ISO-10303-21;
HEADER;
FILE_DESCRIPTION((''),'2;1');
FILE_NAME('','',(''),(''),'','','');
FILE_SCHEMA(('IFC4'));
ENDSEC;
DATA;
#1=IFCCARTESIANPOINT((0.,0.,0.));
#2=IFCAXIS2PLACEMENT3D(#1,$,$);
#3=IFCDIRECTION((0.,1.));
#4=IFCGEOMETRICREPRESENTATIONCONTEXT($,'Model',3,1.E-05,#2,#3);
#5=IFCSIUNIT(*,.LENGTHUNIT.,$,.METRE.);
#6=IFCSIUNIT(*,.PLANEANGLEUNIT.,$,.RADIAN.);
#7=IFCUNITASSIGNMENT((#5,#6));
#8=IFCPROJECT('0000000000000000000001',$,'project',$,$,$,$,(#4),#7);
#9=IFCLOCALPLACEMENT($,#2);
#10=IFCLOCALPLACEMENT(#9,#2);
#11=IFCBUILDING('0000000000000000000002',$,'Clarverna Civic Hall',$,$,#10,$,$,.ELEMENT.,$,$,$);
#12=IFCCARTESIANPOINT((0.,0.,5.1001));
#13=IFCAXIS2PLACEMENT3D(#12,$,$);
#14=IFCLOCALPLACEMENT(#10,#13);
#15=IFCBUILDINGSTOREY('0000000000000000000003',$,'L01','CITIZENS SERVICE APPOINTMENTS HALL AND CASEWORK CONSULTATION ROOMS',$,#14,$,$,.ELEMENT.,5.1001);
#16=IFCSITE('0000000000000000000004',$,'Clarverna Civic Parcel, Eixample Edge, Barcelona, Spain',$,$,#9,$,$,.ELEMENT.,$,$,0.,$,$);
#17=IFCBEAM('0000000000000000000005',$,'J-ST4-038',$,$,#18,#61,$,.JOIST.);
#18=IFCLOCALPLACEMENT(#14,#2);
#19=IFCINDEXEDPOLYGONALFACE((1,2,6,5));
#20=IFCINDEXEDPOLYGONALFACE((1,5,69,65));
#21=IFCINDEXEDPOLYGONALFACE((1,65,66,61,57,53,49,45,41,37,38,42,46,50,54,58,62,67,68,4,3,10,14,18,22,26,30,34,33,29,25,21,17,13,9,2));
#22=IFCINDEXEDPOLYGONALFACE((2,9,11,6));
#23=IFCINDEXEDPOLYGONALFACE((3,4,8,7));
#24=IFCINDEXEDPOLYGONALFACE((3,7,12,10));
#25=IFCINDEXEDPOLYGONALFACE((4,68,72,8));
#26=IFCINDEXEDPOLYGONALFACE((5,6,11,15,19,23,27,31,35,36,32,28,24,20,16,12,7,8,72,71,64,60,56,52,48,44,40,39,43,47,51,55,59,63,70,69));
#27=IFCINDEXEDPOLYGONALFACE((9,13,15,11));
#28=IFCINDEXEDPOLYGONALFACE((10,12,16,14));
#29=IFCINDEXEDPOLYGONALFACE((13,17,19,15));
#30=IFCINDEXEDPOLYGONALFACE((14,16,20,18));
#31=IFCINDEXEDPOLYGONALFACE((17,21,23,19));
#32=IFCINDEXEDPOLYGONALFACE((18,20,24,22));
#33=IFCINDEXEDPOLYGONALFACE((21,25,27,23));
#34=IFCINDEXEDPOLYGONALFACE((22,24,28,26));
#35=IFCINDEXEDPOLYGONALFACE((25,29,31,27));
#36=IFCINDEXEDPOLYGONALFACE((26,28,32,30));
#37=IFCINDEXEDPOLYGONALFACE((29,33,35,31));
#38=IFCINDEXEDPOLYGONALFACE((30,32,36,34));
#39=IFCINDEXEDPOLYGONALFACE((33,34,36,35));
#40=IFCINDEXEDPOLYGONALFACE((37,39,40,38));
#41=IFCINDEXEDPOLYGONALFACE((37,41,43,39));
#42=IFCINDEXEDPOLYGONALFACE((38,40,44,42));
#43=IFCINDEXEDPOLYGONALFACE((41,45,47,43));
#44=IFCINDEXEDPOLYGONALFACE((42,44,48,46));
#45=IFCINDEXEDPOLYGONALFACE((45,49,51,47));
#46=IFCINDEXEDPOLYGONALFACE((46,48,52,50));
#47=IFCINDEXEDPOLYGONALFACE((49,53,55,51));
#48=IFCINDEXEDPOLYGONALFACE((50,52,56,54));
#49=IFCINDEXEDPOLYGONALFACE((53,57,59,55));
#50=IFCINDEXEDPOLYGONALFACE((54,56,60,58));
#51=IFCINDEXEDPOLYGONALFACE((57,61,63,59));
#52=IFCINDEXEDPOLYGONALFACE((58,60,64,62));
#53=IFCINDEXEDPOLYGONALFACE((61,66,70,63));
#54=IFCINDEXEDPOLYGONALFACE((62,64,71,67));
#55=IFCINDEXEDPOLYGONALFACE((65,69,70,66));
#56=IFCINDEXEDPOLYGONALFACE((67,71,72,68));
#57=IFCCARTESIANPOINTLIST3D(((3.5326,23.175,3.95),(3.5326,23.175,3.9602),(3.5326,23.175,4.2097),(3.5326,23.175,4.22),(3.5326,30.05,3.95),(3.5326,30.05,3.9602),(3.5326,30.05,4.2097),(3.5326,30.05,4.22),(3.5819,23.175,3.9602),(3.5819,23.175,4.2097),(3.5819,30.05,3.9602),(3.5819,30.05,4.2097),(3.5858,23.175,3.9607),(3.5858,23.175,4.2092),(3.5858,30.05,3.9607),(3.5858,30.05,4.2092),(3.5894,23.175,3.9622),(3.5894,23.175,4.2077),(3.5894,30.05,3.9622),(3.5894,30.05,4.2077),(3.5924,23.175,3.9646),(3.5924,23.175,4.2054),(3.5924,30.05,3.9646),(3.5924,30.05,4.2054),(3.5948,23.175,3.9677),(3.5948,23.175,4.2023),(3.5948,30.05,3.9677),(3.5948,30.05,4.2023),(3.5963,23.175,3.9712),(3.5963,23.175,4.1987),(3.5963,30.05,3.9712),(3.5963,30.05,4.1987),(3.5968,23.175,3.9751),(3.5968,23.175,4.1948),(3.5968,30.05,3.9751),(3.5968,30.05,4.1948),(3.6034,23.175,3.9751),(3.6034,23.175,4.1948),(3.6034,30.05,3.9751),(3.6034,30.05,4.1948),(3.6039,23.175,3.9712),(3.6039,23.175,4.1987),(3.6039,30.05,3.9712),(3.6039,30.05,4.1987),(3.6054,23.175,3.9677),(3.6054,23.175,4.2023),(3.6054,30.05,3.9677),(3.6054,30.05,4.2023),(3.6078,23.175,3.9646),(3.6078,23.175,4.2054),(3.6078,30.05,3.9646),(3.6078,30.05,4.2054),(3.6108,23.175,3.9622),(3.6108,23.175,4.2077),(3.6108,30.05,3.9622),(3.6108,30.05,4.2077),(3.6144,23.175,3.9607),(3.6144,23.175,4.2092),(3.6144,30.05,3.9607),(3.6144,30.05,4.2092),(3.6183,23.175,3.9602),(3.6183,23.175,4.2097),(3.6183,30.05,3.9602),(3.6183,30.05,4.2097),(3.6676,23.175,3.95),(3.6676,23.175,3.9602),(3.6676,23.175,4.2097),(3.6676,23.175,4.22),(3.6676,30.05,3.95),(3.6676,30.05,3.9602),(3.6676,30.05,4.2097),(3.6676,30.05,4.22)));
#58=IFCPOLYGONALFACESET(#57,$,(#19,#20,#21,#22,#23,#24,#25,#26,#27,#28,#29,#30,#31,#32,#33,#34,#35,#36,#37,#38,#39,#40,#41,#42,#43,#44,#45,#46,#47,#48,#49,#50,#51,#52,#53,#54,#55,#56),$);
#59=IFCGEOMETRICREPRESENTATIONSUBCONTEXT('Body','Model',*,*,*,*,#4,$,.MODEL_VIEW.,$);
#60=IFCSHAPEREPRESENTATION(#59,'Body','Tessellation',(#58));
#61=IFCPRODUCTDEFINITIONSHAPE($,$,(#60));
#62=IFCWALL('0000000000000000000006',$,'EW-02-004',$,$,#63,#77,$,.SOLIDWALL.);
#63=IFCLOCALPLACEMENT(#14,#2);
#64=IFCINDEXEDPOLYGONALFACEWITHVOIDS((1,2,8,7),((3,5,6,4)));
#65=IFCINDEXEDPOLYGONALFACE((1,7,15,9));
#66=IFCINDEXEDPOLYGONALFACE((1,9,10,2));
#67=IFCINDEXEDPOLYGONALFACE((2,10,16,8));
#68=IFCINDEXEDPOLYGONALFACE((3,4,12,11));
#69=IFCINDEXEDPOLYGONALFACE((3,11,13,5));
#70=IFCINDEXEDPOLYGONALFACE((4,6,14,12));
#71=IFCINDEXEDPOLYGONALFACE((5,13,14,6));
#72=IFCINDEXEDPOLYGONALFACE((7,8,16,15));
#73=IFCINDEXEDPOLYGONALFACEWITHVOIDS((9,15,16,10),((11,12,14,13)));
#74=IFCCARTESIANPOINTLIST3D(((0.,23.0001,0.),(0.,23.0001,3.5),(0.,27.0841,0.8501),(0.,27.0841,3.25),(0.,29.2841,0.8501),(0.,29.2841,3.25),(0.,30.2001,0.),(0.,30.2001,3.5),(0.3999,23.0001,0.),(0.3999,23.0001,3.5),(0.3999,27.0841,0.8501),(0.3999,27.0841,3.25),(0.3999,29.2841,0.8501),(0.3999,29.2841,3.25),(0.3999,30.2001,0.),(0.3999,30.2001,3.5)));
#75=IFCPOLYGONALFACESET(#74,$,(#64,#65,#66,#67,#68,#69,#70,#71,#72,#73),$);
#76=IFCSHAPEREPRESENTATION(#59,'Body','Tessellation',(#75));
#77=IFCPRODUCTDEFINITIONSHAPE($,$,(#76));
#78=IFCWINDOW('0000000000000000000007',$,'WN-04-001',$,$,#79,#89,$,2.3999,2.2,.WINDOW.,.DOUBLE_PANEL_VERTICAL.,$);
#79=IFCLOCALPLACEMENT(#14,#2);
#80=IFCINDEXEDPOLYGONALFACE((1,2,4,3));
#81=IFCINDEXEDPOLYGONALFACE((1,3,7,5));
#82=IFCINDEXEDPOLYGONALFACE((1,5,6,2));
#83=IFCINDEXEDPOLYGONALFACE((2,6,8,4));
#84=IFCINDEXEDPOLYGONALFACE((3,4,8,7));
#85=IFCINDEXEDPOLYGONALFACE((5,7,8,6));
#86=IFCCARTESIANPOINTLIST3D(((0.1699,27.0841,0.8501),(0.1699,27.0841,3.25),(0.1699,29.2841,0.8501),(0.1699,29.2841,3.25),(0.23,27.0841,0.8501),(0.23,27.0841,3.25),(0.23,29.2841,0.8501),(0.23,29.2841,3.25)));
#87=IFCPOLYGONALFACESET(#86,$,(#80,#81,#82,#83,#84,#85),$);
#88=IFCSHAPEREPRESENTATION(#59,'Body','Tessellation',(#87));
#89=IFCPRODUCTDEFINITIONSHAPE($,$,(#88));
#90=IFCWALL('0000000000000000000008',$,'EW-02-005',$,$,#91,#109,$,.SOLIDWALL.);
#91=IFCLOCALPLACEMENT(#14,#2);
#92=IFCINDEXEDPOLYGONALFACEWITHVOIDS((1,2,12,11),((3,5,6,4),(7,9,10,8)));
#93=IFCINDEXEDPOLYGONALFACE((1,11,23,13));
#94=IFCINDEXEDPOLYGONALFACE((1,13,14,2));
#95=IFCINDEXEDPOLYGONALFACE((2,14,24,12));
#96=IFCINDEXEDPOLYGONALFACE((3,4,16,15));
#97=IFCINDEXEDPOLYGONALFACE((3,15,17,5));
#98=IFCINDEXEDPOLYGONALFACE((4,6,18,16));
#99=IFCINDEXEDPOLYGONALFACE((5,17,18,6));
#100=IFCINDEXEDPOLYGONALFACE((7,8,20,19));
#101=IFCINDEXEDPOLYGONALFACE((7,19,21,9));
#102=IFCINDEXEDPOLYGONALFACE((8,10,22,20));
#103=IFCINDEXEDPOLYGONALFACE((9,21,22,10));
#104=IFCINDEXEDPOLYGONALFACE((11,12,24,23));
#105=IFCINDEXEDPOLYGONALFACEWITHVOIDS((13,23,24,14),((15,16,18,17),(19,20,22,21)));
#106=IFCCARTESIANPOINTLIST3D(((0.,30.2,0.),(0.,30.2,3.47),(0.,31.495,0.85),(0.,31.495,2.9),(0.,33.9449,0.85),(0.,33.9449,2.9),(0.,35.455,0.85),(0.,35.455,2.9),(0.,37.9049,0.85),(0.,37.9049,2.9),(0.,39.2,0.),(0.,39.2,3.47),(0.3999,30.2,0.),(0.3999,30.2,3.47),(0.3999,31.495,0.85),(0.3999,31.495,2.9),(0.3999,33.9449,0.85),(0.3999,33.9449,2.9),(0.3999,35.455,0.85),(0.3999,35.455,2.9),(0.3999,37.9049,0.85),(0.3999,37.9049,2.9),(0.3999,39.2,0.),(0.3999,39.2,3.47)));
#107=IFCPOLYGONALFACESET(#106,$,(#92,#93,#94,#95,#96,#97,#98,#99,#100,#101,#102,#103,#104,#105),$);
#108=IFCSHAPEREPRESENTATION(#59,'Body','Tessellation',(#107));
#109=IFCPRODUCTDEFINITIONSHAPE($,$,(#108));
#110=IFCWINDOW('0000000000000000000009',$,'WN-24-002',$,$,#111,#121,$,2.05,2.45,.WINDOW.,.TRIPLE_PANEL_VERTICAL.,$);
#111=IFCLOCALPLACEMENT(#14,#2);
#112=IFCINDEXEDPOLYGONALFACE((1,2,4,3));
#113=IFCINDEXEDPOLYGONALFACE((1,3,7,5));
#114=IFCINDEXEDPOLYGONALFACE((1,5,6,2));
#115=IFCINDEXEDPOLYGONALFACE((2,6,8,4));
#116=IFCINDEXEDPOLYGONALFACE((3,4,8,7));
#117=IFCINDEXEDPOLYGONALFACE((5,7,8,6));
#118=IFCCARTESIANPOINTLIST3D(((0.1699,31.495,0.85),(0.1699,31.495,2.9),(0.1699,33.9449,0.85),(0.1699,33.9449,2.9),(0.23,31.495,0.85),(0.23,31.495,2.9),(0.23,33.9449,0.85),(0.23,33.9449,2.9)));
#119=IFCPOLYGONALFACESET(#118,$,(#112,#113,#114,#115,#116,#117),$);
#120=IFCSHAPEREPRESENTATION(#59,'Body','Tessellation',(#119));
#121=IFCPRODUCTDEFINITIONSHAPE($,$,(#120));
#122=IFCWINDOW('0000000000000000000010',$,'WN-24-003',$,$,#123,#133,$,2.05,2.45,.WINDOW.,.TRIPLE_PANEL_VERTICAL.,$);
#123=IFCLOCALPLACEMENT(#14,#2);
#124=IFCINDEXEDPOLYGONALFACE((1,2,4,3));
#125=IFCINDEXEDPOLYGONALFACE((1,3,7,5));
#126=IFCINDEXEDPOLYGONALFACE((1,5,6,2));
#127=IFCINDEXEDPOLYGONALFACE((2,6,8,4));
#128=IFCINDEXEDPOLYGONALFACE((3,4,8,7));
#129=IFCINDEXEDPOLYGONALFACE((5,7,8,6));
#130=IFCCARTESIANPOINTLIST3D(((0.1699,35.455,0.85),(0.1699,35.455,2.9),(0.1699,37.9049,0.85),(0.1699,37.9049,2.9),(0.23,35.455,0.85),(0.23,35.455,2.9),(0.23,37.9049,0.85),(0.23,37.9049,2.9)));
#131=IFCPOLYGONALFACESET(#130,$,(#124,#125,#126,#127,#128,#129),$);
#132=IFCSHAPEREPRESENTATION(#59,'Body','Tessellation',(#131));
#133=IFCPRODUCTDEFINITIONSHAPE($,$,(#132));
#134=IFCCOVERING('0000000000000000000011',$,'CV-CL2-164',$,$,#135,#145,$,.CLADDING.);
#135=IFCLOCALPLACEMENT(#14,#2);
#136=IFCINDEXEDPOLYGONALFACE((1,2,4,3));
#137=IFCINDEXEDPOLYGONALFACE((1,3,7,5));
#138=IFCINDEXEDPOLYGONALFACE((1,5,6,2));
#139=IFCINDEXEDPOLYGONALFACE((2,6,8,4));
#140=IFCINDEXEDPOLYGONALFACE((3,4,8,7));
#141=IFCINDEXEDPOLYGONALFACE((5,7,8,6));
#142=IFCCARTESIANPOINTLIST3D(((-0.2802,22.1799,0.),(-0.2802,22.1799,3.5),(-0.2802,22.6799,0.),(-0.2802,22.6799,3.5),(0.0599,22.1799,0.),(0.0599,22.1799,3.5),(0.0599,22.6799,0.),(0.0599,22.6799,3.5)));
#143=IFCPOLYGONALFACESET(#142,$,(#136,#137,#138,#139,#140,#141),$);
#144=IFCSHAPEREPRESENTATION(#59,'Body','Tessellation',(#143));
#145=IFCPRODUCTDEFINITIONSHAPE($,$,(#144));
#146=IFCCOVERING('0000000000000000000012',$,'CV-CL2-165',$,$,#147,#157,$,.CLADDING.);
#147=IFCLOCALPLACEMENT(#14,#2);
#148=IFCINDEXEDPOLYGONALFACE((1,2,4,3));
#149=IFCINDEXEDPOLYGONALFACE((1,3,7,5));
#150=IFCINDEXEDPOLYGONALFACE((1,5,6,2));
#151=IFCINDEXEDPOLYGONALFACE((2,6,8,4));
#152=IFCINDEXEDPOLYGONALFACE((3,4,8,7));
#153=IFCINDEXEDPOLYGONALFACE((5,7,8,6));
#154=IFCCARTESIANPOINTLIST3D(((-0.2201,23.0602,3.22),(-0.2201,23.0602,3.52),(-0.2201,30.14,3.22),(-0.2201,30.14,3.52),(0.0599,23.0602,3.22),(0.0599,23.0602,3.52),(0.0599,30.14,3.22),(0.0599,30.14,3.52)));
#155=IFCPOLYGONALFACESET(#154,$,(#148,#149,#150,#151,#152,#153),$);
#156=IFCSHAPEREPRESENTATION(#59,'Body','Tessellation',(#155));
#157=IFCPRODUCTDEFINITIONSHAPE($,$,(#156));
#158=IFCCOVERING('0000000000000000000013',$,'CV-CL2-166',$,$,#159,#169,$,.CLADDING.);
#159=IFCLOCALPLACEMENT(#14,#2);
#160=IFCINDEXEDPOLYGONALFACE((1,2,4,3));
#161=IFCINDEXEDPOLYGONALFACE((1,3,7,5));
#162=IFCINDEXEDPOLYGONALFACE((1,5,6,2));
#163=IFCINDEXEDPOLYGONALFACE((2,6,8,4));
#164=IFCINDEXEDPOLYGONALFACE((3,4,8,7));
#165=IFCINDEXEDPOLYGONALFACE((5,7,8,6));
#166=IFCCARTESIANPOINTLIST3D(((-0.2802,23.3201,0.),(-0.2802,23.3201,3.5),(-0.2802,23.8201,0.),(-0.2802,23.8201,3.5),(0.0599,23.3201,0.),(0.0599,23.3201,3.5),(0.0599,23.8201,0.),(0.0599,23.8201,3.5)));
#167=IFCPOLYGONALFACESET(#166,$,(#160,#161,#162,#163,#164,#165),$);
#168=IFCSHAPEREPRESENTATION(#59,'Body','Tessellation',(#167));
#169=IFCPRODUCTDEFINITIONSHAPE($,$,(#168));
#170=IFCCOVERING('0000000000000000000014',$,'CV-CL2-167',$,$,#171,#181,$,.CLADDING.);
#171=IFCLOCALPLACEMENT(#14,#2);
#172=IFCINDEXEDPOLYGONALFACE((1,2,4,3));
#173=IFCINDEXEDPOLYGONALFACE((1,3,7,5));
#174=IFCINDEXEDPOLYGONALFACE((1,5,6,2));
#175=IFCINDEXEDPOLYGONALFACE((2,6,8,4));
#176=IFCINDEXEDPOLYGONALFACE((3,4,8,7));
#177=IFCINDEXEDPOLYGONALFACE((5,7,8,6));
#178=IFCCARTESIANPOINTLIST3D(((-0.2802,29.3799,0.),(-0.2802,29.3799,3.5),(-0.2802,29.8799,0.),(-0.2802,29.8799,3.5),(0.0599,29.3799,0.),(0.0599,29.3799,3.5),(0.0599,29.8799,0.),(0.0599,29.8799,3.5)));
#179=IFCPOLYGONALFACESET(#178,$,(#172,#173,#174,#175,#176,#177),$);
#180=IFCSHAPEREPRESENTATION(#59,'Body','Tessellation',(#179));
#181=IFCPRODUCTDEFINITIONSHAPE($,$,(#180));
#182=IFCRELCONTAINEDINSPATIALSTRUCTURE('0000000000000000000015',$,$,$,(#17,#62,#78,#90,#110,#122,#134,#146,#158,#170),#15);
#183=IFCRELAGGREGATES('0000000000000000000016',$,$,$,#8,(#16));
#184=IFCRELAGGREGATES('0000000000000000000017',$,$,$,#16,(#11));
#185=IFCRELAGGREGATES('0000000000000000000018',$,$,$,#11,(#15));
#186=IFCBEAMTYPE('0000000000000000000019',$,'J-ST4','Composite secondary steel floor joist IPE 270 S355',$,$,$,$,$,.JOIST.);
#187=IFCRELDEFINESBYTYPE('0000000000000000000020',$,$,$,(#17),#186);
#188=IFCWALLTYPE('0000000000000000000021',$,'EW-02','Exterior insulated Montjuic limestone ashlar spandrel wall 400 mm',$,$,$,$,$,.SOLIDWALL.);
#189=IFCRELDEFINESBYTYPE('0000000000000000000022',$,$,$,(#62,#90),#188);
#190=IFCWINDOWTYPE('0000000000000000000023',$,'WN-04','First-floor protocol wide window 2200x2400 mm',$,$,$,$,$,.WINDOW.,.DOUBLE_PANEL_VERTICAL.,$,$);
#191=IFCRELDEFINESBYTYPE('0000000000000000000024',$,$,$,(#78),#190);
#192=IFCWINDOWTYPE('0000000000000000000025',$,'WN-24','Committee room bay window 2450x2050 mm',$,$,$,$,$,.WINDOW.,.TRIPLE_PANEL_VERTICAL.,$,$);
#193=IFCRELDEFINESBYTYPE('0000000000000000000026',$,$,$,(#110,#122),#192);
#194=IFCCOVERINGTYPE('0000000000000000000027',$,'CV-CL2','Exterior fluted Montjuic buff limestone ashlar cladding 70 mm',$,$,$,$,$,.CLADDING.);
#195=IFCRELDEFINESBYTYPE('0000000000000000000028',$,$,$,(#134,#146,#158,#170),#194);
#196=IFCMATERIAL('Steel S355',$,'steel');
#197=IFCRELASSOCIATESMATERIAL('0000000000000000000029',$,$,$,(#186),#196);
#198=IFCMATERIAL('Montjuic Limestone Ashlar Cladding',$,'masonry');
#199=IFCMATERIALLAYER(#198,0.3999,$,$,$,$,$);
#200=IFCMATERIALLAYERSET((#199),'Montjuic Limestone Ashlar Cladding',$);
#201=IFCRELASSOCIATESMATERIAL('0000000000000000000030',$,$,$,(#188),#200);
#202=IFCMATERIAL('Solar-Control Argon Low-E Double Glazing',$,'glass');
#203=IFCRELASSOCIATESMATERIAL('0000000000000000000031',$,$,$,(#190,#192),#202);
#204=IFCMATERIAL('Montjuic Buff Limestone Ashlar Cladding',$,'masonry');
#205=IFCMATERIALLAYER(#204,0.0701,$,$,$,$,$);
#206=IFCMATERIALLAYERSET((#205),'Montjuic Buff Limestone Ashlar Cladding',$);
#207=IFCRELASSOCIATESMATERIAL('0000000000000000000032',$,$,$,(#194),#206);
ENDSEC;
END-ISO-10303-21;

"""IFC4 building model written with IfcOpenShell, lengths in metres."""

from ifc_helpers import new_model, si_unit, direction, frame, frame_2d, origin, origin_2d, place, context, subcontext, project, spatial, rectangle, i_section, extrude, material, layer, layer_set, material_profile, profile_set, type_object, element, fill, save


model = new_model("IFC4")

# Units and contexts
model_context = context("Model", 3, precision=1e-05, world=origin(), true_north=direction((0.0, 1.0)))
body_context = subcontext(model_context, "Body", "Model", "MODEL_VIEW")
ifc_project = project(units=[si_unit("LENGTHUNIT", "METRE"), si_unit("PLANEANGLEUNIT", "RADIAN")], contexts=[model_context])

# Site, building, storey
site_placement = place(None, origin())
site = spatial("IfcSite", under=ifc_project, at=site_placement, Name="Clarverna Civic Parcel, Eixample Edge, Barcelona, Spain", CompositionType="ELEMENT", RefElevation=0.0)
building_placement = place(site_placement, origin())
building = spatial("IfcBuilding", under=site, at=building_placement, Name="Clarverna Civic Hall", CompositionType="ELEMENT")
storey_placement = place(building_placement, frame((0.0, 0.0, 5.1001)))
storey = spatial("IfcBuildingStorey", under=building, at=storey_placement, Name="L01", Description="CITIZENS SERVICE APPOINTMENTS HALL AND CASEWORK CONSULTATION ROOMS", CompositionType="ELEMENT", Elevation=5.1001)

# Beam
ifc_material_1 = material(Name="Steel S355", Category="steel")
ifc_material_profile_1 = material_profile(ifc_material_1, i_section(OverallWidth=0.135, OverallDepth=0.27, WebThickness=0.0066, FlangeThickness=0.0103, FilletRadius=0.0149, at=origin_2d()), Name="IPE 270")
ifc_profile_set_1 = profile_set([ifc_material_profile_1], Name="Steel S355")
beam_type_1 = type_object("IfcBeamType", Name="J-ST4", Description="Composite secondary steel floor joist IPE 270 S355", PredefinedType="JOIST", material=ifc_profile_set_1)
beam_1_placement = place(storey_placement, frame((3.6001, 23.175, 4.085), z_axis=(0.0, 1.0, 0.0), x_axis=(-1.0, 0.0, 0.0)))
element("IfcBeam", 1, at=beam_1_placement, inside=storey, type_object=beam_type_1, Name="J-ST4-038", PredefinedType="JOIST", context=body_context, shape_type="SweptSolid", body=[
    extrude(i_section(OverallWidth=0.135, OverallDepth=0.27, WebThickness=0.0066, FlangeThickness=0.0103, FilletRadius=0.0149, at=origin_2d()), origin(), (0.0, 0.0, 1.0), 6.875),
])

# Wall, opening, window
ifc_material_2 = material(Name="Montjuic Limestone Ashlar Cladding", Category="masonry")
ifc_layer_1 = layer(ifc_material_2, 0.3999)
ifc_layer_set_1 = layer_set([ifc_layer_1], Name="Montjuic Limestone Ashlar Cladding")
wall_type = type_object("IfcWallType", Name="EW-02", Description="Exterior insulated Montjuic limestone ashlar spandrel wall 400 mm", PredefinedType="SOLIDWALL", material=ifc_layer_set_1)
wall_1_placement = place(storey_placement, frame((0.2, 23.0, 0.0), z_axis=(0.0, 0.0, 1.0), x_axis=(0.0, 1.0, 0.0)))
wall_1 = element("IfcWall", 2, at=wall_1_placement, inside=storey, type_object=wall_type, Name="EW-02-004", PredefinedType="SOLIDWALL", context=body_context, shape_type="SweptSolid", body=[
    extrude(rectangle(XDim=7.2, YDim=0.3999, at=frame_2d((3.6001, 0.0))), origin(), (0.0, 0.0, 1.0), 3.5),
])
opening_1_placement = place(wall_1_placement, frame((4.084, 0.0, 0.8501)))
opening_1 = element("IfcOpeningElement", 3, at=opening_1_placement, cuts=wall_1, PredefinedType="OPENING", context=body_context, shape_type="SweptSolid", body=[
    extrude(rectangle(XDim=2.2, YDim=2.3999, at=frame_2d((1.1001, 1.2))), frame((0.0, 0.21, 0.0), z_axis=(0.0, -1.0, 0.0), x_axis=(1.0, 0.0, 0.0)), (0.0, 0.0, 1.0), 0.4199),
])
ifc_material_3 = material(Name="Solar-Control Argon Low-E Double Glazing", Category="glass")
window_type_1 = type_object("IfcWindowType", Name="WN-04", Description="First-floor protocol wide window 2200x2400 mm", PartitioningType="DOUBLE_PANEL_VERTICAL", PredefinedType="WINDOW", material=ifc_material_3)
window_1_placement = place(opening_1_placement, origin())
window_1 = element("IfcWindow", 4, at=window_1_placement, inside=storey, type_object=window_type_1, Name="WN-04-001", OverallHeight=2.3999, OverallWidth=2.2, PartitioningType="DOUBLE_PANEL_VERTICAL", PredefinedType="WINDOW", context=body_context, shape_type="SweptSolid", body=[
    extrude(rectangle(XDim=2.2, YDim=2.3999, at=frame_2d((1.1001, 1.2))), frame((0.0, 0.03, 0.0), z_axis=(0.0, -1.0, 0.0), x_axis=(1.0, 0.0, 0.0)), (0.0, 0.0, 1.0), 0.0601),
])
fill(opening_1, window_1)

# Wall, openings, windows
wall_2_placement = place(storey_placement, frame((0.2, 30.2, 0.0), z_axis=(0.0, 0.0, 1.0), x_axis=(0.0, 1.0, 0.0)))
wall_2 = element("IfcWall", 5, at=wall_2_placement, inside=storey, type_object=wall_type, Name="EW-02-005", PredefinedType="SOLIDWALL", context=body_context, shape_type="SweptSolid", body=[
    extrude(rectangle(XDim=9.0, YDim=0.3999, at=frame_2d((4.5, 0.0))), origin(), (0.0, 0.0, 1.0), 3.47),
])
opening_2_placement = place(wall_2_placement, frame((1.2949, 0.0, 0.8501)))
opening_2 = element("IfcOpeningElement", 6, at=opening_2_placement, cuts=wall_2, PredefinedType="OPENING", context=body_context, shape_type="SweptSolid", body=[
    extrude(rectangle(XDim=2.45, YDim=2.05, at=frame_2d((1.2251, 1.0249))), frame((0.0, 0.21, 0.0), z_axis=(0.0, -1.0, 0.0), x_axis=(1.0, 0.0, 0.0)), (0.0, 0.0, 1.0), 0.4199),
])
opening_3_placement = place(wall_2_placement, frame((5.2549, 0.0, 0.8501)))
opening_3 = element("IfcOpeningElement", 7, at=opening_3_placement, cuts=wall_2, PredefinedType="OPENING", context=body_context, shape_type="SweptSolid", body=[
    extrude(rectangle(XDim=2.45, YDim=2.05, at=frame_2d((1.2251, 1.0249))), frame((0.0, 0.21, 0.0), z_axis=(0.0, -1.0, 0.0), x_axis=(1.0, 0.0, 0.0)), (0.0, 0.0, 1.0), 0.4199),
])
window_type_2 = type_object("IfcWindowType", Name="WN-24", Description="Committee room bay window 2450x2050 mm", PartitioningType="TRIPLE_PANEL_VERTICAL", PredefinedType="WINDOW", material=ifc_material_3)
window_2_placement = place(opening_2_placement, origin())
window_2 = element("IfcWindow", 8, at=window_2_placement, inside=storey, type_object=window_type_2, Name="WN-24-002", OverallHeight=2.05, OverallWidth=2.45, PartitioningType="TRIPLE_PANEL_VERTICAL", PredefinedType="WINDOW", context=body_context, shape_type="SweptSolid", body=[
    extrude(rectangle(XDim=2.45, YDim=2.05, at=frame_2d((1.2251, 1.0249))), frame((0.0, 0.03, 0.0), z_axis=(0.0, -1.0, 0.0), x_axis=(1.0, 0.0, 0.0)), (0.0, 0.0, 1.0), 0.0601),
])
fill(opening_2, window_2)
window_3_placement = place(opening_3_placement, origin())
window_3 = element("IfcWindow", 9, at=window_3_placement, inside=storey, type_object=window_type_2, Name="WN-24-003", OverallHeight=2.05, OverallWidth=2.45, PartitioningType="TRIPLE_PANEL_VERTICAL", PredefinedType="WINDOW", context=body_context, shape_type="SweptSolid", body=[
    extrude(rectangle(XDim=2.45, YDim=2.05, at=frame_2d((1.2251, 1.0249))), frame((0.0, 0.03, 0.0), z_axis=(0.0, -1.0, 0.0), x_axis=(1.0, 0.0, 0.0)), (0.0, 0.0, 1.0), 0.0601),
])
fill(opening_3, window_3)

# Coverings
ifc_material_4 = material(Name="Montjuic Buff Limestone Ashlar Cladding", Category="masonry")
ifc_layer_2 = layer(ifc_material_4, 0.0701)
ifc_layer_set_2 = layer_set([ifc_layer_2], Name="Montjuic Buff Limestone Ashlar Cladding")
covering_type = type_object("IfcCoveringType", Name="CV-CL2", Description="Exterior fluted Montjuic buff limestone ashlar cladding 70 mm", PredefinedType="CLADDING", material=ifc_layer_set_2)
covering_1_placement = place(storey_placement, frame((-0.1101, 22.1799, 0.0), z_axis=(0.0, 0.0, 1.0), x_axis=(0.0, 1.0, 0.0)))
element("IfcCovering", 10, at=covering_1_placement, inside=storey, type_object=covering_type, Name="CV-CL2-164", PredefinedType="CLADDING", context=body_context, shape_type="SweptSolid", body=[
    extrude(rectangle(XDim=0.5, YDim=0.3401, at=frame_2d((0.25, 0.0))), origin(), (0.0, 0.0, 1.0), 3.5),
])
covering_2_placement = place(storey_placement, frame((-0.0801, 23.0601, 3.22), z_axis=(0.0, 0.0, 1.0), x_axis=(0.0, 1.0, 0.0)))
element("IfcCovering", 11, at=covering_2_placement, inside=storey, type_object=covering_type, Name="CV-CL2-165", PredefinedType="CLADDING", context=body_context, shape_type="SweptSolid", body=[
    extrude(rectangle(XDim=7.0798, YDim=0.28, at=frame_2d((3.54, 0.0))), origin(), (0.0, 0.0, 1.0), 0.3),
])
for number, where, z_axis, x_axis, name in (
    (12, (-0.1101, 23.3201, 0.0), (0.0, 0.0, 1.0), (0.0, 1.0, 0.0), "CV-CL2-166"),
    (13, (-0.1101, 29.3799, 0.0), (0.0, 0.0, 1.0), (0.0, 1.0, 0.0), "CV-CL2-167"),
):
    element("IfcCovering", number, at=place(storey_placement, frame(where, z_axis=z_axis, x_axis=x_axis)), inside=storey, type_object=covering_type, Name=name, PredefinedType="CLADDING", context=body_context, shape_type="SweptSolid", body=[
        extrude(rectangle(XDim=0.5, YDim=0.3401, at=frame_2d((0.25, 0.0))), origin(), (0.0, 0.0, 1.0), 3.5),
    ])

save(model, "model.ifc")
